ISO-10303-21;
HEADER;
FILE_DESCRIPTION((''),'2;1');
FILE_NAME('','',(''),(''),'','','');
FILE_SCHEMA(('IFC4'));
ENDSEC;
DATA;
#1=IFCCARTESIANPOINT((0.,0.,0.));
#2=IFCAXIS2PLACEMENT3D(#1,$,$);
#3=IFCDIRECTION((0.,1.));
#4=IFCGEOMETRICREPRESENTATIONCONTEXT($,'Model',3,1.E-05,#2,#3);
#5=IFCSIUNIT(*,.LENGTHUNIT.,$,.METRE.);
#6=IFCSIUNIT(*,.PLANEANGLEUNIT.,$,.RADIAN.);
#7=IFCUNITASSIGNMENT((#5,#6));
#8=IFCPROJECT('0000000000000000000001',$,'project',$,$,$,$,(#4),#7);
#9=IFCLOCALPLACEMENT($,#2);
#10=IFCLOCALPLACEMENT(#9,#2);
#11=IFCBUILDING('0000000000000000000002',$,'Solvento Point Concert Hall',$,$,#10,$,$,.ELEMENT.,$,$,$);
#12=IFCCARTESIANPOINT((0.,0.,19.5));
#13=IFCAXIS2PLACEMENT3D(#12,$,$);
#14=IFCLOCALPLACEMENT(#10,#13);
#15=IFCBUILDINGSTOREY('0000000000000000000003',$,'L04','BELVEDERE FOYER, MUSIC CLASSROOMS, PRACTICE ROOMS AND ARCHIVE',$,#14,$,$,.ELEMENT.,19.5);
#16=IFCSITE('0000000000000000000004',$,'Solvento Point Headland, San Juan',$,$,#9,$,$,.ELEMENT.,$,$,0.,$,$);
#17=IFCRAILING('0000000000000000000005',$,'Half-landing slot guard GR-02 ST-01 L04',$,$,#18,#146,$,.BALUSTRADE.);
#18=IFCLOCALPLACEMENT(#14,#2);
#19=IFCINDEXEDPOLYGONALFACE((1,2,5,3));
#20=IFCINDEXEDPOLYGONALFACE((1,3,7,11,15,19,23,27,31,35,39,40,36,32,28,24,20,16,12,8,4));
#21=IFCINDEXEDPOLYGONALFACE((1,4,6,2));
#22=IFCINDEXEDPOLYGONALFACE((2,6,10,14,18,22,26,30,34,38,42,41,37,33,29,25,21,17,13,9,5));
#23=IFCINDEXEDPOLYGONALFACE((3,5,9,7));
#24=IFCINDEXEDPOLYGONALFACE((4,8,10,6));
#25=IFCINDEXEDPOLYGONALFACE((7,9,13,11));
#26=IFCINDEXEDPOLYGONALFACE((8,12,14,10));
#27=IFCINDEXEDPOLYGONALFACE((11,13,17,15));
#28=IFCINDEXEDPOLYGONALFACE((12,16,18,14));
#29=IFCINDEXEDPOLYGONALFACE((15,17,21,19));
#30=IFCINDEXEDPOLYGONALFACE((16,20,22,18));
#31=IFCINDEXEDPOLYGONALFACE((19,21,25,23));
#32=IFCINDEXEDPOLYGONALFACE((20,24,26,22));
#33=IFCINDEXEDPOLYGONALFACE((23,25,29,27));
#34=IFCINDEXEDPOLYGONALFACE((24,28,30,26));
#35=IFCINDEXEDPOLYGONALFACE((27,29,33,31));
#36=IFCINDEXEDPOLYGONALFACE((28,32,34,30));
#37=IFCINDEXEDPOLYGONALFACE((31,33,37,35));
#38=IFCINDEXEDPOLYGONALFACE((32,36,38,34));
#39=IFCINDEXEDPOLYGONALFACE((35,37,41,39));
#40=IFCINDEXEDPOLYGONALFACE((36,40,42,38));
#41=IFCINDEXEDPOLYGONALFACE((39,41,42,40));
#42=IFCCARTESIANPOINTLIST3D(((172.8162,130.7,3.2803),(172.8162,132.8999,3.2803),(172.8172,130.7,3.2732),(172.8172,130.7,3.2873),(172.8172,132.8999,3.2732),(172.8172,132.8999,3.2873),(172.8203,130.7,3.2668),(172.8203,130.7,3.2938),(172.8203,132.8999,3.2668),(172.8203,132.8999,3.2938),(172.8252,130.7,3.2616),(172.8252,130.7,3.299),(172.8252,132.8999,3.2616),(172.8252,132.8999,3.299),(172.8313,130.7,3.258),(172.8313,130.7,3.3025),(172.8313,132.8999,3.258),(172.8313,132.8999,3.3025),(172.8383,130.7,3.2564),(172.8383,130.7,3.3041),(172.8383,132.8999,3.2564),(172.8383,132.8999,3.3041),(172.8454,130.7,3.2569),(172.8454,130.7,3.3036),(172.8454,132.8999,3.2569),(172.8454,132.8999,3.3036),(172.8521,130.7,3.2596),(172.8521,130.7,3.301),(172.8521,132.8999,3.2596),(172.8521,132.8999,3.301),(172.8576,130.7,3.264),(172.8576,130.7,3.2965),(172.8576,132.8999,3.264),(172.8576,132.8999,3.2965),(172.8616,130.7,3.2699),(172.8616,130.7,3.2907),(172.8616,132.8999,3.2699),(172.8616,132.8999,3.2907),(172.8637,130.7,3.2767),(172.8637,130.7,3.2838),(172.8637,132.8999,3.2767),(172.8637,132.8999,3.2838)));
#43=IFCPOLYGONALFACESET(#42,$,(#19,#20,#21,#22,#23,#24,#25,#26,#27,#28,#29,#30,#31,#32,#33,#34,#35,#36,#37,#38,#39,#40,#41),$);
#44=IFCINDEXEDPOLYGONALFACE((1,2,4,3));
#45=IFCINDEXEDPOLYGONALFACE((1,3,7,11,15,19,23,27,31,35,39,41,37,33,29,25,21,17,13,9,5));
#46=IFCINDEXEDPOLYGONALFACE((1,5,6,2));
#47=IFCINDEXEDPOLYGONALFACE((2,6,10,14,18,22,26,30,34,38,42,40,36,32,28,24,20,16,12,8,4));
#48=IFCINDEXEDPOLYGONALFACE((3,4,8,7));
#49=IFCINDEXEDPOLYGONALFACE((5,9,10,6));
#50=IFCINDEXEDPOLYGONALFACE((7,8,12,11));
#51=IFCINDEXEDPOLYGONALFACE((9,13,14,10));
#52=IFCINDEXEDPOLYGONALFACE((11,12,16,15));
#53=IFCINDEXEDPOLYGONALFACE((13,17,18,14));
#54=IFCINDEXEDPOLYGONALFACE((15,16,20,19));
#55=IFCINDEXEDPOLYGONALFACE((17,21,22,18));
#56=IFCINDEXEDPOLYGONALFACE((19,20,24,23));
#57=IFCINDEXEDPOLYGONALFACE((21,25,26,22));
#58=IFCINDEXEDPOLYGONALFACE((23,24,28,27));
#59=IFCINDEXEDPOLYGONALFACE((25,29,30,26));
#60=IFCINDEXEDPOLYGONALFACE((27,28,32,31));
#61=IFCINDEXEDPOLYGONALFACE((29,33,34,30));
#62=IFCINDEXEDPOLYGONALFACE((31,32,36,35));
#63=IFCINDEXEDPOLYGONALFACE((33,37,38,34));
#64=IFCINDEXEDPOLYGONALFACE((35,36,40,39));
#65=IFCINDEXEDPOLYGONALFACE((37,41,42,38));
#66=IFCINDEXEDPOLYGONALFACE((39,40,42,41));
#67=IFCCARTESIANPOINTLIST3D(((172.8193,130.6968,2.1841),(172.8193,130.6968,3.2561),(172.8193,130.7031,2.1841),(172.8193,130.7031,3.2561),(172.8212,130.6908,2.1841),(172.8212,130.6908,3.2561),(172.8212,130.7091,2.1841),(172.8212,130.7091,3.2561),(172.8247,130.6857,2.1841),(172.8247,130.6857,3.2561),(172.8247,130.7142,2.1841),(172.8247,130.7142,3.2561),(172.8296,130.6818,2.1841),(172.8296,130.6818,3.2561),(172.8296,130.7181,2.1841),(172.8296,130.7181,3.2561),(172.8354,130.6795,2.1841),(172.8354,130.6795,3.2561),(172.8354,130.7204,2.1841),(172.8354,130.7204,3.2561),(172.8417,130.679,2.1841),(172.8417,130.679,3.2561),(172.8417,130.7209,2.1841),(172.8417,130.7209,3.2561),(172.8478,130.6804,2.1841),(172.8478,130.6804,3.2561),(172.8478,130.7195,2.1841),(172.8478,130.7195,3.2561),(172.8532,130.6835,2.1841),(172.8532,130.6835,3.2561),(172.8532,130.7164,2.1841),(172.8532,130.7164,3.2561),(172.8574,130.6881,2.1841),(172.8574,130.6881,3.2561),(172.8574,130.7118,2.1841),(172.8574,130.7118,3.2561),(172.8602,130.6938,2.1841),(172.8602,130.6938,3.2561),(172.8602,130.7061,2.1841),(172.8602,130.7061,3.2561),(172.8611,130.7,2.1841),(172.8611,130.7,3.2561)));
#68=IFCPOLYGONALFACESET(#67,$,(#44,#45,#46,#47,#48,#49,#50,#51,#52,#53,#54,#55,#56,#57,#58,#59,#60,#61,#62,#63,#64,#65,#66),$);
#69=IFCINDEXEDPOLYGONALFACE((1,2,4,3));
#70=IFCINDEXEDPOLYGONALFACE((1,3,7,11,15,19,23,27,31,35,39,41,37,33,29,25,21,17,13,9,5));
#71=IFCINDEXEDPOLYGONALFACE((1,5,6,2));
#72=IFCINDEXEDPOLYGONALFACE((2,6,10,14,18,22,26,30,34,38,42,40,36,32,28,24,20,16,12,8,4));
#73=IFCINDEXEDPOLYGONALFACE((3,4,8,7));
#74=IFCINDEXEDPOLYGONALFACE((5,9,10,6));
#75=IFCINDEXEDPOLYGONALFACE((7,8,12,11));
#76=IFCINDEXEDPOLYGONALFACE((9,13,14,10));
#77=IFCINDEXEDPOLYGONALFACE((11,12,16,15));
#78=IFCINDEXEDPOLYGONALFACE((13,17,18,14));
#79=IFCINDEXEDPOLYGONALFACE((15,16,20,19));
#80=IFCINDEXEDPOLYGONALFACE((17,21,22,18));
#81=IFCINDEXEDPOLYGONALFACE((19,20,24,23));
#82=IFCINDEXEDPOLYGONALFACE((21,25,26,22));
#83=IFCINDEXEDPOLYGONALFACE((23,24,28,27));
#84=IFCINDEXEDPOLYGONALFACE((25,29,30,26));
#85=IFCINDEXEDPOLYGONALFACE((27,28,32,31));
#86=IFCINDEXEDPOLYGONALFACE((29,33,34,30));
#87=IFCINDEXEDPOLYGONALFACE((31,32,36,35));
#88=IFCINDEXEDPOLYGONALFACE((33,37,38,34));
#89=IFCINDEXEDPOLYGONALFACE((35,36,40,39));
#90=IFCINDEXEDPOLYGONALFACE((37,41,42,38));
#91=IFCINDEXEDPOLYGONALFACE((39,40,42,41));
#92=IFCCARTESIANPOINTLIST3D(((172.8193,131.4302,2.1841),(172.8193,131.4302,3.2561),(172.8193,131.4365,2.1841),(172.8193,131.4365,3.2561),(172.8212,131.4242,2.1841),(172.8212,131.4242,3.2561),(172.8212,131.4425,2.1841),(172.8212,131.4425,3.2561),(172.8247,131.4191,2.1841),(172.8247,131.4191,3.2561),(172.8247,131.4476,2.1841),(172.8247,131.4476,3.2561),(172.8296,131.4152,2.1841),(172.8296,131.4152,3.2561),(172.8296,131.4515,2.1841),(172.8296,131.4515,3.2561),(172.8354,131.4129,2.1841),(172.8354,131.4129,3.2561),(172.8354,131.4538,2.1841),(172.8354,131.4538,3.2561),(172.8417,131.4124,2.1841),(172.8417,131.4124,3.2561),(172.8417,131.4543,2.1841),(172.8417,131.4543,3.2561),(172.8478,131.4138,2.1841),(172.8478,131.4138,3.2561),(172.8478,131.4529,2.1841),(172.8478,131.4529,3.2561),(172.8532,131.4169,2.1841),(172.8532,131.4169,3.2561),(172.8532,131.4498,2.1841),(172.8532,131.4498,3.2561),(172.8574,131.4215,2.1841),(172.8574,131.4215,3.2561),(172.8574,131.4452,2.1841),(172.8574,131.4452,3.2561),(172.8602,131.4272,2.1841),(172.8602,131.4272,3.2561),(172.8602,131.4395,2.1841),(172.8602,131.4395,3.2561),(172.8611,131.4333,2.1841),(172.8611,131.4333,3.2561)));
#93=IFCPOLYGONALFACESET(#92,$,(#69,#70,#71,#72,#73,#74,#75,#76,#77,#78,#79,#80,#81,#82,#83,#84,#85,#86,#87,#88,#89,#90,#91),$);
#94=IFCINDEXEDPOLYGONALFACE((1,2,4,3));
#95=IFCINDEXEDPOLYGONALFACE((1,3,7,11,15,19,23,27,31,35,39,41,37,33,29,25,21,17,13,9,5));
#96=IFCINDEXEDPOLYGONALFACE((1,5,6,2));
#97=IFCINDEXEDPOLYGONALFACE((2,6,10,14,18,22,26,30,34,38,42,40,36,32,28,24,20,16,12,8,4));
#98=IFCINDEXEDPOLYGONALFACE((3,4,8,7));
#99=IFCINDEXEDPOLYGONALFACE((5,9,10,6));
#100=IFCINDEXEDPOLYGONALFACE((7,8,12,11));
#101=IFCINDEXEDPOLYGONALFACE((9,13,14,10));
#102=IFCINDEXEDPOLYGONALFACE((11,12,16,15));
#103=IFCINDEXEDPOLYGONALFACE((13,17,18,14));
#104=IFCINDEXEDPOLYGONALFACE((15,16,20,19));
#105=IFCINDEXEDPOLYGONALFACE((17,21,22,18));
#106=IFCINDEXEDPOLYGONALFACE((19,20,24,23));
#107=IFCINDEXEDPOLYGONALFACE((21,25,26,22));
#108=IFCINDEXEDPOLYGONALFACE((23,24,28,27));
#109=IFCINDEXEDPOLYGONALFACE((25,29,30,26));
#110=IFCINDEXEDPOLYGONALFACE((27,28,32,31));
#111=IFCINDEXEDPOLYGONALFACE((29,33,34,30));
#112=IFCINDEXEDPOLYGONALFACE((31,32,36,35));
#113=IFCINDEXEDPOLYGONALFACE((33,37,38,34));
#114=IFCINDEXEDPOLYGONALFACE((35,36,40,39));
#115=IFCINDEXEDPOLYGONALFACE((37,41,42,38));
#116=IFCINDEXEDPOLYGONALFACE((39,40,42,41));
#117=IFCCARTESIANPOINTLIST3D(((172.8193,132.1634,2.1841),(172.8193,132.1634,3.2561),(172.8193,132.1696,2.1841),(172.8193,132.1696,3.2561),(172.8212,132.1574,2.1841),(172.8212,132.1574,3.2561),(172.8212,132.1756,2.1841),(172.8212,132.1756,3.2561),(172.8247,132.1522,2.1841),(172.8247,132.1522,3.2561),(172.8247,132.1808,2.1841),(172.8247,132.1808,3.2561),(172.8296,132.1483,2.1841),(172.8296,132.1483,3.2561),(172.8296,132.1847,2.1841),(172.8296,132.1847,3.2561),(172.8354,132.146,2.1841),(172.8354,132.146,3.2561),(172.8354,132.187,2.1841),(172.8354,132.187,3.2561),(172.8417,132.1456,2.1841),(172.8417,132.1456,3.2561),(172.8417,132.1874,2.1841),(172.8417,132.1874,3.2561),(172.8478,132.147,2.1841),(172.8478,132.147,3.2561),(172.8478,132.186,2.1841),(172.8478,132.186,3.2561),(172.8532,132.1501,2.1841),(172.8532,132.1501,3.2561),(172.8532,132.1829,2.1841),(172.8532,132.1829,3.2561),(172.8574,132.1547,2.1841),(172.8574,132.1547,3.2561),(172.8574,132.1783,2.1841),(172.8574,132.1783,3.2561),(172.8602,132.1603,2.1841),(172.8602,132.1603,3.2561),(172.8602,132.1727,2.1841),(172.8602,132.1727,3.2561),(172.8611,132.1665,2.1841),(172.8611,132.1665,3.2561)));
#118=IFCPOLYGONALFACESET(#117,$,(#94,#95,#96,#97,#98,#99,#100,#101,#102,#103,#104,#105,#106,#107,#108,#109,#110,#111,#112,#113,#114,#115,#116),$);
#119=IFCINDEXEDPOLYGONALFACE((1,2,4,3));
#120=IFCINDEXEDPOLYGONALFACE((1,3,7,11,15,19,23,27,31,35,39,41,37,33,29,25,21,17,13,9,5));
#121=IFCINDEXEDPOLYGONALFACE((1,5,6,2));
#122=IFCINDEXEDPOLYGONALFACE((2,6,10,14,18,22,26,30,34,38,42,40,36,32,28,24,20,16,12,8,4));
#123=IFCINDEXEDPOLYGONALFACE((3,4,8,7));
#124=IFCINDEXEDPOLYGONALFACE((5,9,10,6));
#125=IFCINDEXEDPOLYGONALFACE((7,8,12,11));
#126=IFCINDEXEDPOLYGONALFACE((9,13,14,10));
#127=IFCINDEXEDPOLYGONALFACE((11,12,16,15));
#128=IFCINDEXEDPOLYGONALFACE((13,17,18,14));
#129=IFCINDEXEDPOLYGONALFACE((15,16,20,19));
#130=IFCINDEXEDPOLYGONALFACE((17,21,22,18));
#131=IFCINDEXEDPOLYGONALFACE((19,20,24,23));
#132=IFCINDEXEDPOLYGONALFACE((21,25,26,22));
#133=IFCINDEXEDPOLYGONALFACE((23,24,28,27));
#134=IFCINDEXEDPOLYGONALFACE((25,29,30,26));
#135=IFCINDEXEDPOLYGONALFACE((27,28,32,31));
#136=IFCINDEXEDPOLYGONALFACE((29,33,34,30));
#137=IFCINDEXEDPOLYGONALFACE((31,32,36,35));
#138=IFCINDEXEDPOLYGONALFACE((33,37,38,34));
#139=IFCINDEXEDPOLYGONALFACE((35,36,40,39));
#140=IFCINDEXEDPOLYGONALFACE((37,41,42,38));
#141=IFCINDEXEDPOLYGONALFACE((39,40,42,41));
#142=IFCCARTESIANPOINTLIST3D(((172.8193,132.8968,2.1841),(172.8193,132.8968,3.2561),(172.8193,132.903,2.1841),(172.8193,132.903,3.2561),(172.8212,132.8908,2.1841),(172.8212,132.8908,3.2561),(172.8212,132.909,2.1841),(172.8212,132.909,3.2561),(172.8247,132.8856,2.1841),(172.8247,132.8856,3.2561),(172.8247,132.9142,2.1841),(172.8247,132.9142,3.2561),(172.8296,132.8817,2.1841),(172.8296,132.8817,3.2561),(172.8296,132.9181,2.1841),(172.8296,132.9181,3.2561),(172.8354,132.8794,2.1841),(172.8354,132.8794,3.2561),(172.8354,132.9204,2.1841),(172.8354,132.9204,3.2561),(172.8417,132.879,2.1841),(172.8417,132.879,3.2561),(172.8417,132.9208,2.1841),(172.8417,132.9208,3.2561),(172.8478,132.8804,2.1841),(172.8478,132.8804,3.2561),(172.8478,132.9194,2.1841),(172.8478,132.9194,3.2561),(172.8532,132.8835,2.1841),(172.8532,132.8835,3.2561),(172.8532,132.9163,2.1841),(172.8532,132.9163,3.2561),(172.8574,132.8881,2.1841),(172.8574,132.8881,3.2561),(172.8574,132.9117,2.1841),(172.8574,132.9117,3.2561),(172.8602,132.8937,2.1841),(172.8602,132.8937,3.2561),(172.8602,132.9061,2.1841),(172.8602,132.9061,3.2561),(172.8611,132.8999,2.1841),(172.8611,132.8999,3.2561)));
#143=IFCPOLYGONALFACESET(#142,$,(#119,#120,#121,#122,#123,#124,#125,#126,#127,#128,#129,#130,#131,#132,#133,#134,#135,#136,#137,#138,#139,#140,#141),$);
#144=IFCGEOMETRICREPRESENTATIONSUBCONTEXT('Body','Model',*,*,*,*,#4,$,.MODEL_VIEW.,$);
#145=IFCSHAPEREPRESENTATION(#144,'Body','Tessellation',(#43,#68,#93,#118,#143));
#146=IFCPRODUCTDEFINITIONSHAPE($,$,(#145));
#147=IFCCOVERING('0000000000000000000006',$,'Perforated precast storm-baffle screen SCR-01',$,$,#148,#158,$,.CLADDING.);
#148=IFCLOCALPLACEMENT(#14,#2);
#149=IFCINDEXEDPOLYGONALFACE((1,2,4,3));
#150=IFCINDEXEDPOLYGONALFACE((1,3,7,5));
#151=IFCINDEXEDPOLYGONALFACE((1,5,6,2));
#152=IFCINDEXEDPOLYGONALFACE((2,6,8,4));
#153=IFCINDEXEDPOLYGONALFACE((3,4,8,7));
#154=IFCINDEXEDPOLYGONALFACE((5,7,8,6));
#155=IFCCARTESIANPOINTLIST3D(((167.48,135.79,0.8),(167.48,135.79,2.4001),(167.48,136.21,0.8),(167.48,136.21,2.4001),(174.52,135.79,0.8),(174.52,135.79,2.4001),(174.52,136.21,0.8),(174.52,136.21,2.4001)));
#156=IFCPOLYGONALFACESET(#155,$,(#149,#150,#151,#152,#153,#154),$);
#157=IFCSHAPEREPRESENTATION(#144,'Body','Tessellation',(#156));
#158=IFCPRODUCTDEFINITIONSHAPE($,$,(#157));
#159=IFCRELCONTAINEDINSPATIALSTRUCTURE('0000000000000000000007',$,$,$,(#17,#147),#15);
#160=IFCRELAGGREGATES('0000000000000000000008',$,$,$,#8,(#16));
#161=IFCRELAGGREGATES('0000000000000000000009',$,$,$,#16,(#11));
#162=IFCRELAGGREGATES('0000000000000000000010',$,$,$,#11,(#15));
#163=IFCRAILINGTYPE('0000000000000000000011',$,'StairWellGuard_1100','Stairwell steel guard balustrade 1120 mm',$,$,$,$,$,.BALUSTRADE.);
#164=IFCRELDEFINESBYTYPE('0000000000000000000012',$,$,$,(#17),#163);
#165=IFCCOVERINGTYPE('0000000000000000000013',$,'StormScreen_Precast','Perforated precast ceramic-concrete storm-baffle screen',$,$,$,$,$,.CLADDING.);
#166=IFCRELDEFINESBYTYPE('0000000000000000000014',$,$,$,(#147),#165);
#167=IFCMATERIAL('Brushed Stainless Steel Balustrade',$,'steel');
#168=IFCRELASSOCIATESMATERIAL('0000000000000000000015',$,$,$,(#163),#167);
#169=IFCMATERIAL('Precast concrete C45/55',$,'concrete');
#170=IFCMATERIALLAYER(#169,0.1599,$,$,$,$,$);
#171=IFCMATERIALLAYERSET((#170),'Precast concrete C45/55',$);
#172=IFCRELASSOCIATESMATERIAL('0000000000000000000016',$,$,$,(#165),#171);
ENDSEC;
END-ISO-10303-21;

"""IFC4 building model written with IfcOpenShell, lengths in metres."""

from ifc_helpers import new_model, si_unit, direction, frame, origin, origin_2d, place, context, subcontext, project, spatial, rectangle, circle, extrude, material, layer, layer_set, type_object, element, save


model = new_model("IFC4")

# Units and contexts
model_context = context("Model", 3, precision=1e-05, world=origin(), true_north=direction((0.0, 1.0)))
body_context = subcontext(model_context, "Body", "Model", "MODEL_VIEW")
ifc_project = project(units=[si_unit("LENGTHUNIT", "METRE"), si_unit("PLANEANGLEUNIT", "RADIAN")], contexts=[model_context])

# Site, building, storey
site_placement = place(None, origin())
site = spatial("IfcSite", under=ifc_project, at=site_placement, Name="Solvento Point Headland, San Juan", CompositionType="ELEMENT", RefElevation=0.0)
building_placement = place(site_placement, origin())
building = spatial("IfcBuilding", under=site, at=building_placement, Name="Solvento Point Concert Hall", CompositionType="ELEMENT")
storey_placement = place(building_placement, frame((0.0, 0.0, 19.5)))
storey = spatial("IfcBuildingStorey", under=building, at=storey_placement, Name="L04", Description="BELVEDERE FOYER, MUSIC CLASSROOMS, PRACTICE ROOMS AND ARCHIVE", CompositionType="ELEMENT", Elevation=19.5)

# Railing
ifc_material_1 = material(Name="Brushed Stainless Steel Balustrade", Category="steel")
railing_type_1 = type_object("IfcRailingType", Name="StairWellGuard_1100", Description="Stairwell steel guard balustrade 1120 mm", PredefinedType="BALUSTRADE", material=ifc_material_1)
railing_1_placement = place(storey_placement, frame((172.8401, 130.7, 2.1841)))
element("IfcRailing", 1, at=railing_1_placement, inside=storey, type_object=railing_type_1, Name="Half-landing slot guard GR-02 ST-01 L04", PredefinedType="BALUSTRADE", context=body_context, shape_type="SweptSolid", body=[
    extrude(circle(Radius=0.0239, at=origin_2d()), frame((0.0, 0.0, 1.0962), z_axis=(0.0, 1.0, 0.0), x_axis=(-1.0, 0.0, 0.0)), (0.0, 0.0, 1.0), 2.2),
    extrude(circle(Radius=0.021, at=origin_2d()), origin(), (0.0, 0.0, 1.0), 1.072),
    extrude(circle(Radius=0.021, at=origin_2d()), frame((0.0, 0.7334, 0.0)), (0.0, 0.0, 1.0), 1.072),
    extrude(circle(Radius=0.021, at=origin_2d()), frame((0.0, 1.4666, 0.0)), (0.0, 0.0, 1.0), 1.072),
    extrude(circle(Radius=0.021, at=origin_2d()), frame((0.0, 2.2, 0.0)), (0.0, 0.0, 1.0), 1.072),
])

# Covering
ifc_material_2 = material(Name="Precast concrete C45/55", Category="concrete")
ifc_layer_1 = layer(ifc_material_2, 0.1599)
ifc_layer_set_1 = layer_set([ifc_layer_1], Name="Precast concrete C45/55")
covering_type = type_object("IfcCoveringType", Name="StormScreen_Precast", Description="Perforated precast ceramic-concrete storm-baffle screen", PredefinedType="CLADDING", material=ifc_layer_set_1)
covering_placement = place(storey_placement, frame((171.0, 136.0, 0.8), z_axis=(0.0, 0.0, 1.0), x_axis=(1.0, 0.0, 0.0)))
element("IfcCovering", 2, at=covering_placement, inside=storey, type_object=covering_type, Name="Perforated precast storm-baffle screen SCR-01", PredefinedType="CLADDING", context=body_context, shape_type="SweptSolid", body=[
    extrude(rectangle(XDim=7.04, YDim=0.4199, at=origin_2d()), origin(), (0.0, 0.0, 1.0), 1.6001),
])

save(model, "model.ifc")
